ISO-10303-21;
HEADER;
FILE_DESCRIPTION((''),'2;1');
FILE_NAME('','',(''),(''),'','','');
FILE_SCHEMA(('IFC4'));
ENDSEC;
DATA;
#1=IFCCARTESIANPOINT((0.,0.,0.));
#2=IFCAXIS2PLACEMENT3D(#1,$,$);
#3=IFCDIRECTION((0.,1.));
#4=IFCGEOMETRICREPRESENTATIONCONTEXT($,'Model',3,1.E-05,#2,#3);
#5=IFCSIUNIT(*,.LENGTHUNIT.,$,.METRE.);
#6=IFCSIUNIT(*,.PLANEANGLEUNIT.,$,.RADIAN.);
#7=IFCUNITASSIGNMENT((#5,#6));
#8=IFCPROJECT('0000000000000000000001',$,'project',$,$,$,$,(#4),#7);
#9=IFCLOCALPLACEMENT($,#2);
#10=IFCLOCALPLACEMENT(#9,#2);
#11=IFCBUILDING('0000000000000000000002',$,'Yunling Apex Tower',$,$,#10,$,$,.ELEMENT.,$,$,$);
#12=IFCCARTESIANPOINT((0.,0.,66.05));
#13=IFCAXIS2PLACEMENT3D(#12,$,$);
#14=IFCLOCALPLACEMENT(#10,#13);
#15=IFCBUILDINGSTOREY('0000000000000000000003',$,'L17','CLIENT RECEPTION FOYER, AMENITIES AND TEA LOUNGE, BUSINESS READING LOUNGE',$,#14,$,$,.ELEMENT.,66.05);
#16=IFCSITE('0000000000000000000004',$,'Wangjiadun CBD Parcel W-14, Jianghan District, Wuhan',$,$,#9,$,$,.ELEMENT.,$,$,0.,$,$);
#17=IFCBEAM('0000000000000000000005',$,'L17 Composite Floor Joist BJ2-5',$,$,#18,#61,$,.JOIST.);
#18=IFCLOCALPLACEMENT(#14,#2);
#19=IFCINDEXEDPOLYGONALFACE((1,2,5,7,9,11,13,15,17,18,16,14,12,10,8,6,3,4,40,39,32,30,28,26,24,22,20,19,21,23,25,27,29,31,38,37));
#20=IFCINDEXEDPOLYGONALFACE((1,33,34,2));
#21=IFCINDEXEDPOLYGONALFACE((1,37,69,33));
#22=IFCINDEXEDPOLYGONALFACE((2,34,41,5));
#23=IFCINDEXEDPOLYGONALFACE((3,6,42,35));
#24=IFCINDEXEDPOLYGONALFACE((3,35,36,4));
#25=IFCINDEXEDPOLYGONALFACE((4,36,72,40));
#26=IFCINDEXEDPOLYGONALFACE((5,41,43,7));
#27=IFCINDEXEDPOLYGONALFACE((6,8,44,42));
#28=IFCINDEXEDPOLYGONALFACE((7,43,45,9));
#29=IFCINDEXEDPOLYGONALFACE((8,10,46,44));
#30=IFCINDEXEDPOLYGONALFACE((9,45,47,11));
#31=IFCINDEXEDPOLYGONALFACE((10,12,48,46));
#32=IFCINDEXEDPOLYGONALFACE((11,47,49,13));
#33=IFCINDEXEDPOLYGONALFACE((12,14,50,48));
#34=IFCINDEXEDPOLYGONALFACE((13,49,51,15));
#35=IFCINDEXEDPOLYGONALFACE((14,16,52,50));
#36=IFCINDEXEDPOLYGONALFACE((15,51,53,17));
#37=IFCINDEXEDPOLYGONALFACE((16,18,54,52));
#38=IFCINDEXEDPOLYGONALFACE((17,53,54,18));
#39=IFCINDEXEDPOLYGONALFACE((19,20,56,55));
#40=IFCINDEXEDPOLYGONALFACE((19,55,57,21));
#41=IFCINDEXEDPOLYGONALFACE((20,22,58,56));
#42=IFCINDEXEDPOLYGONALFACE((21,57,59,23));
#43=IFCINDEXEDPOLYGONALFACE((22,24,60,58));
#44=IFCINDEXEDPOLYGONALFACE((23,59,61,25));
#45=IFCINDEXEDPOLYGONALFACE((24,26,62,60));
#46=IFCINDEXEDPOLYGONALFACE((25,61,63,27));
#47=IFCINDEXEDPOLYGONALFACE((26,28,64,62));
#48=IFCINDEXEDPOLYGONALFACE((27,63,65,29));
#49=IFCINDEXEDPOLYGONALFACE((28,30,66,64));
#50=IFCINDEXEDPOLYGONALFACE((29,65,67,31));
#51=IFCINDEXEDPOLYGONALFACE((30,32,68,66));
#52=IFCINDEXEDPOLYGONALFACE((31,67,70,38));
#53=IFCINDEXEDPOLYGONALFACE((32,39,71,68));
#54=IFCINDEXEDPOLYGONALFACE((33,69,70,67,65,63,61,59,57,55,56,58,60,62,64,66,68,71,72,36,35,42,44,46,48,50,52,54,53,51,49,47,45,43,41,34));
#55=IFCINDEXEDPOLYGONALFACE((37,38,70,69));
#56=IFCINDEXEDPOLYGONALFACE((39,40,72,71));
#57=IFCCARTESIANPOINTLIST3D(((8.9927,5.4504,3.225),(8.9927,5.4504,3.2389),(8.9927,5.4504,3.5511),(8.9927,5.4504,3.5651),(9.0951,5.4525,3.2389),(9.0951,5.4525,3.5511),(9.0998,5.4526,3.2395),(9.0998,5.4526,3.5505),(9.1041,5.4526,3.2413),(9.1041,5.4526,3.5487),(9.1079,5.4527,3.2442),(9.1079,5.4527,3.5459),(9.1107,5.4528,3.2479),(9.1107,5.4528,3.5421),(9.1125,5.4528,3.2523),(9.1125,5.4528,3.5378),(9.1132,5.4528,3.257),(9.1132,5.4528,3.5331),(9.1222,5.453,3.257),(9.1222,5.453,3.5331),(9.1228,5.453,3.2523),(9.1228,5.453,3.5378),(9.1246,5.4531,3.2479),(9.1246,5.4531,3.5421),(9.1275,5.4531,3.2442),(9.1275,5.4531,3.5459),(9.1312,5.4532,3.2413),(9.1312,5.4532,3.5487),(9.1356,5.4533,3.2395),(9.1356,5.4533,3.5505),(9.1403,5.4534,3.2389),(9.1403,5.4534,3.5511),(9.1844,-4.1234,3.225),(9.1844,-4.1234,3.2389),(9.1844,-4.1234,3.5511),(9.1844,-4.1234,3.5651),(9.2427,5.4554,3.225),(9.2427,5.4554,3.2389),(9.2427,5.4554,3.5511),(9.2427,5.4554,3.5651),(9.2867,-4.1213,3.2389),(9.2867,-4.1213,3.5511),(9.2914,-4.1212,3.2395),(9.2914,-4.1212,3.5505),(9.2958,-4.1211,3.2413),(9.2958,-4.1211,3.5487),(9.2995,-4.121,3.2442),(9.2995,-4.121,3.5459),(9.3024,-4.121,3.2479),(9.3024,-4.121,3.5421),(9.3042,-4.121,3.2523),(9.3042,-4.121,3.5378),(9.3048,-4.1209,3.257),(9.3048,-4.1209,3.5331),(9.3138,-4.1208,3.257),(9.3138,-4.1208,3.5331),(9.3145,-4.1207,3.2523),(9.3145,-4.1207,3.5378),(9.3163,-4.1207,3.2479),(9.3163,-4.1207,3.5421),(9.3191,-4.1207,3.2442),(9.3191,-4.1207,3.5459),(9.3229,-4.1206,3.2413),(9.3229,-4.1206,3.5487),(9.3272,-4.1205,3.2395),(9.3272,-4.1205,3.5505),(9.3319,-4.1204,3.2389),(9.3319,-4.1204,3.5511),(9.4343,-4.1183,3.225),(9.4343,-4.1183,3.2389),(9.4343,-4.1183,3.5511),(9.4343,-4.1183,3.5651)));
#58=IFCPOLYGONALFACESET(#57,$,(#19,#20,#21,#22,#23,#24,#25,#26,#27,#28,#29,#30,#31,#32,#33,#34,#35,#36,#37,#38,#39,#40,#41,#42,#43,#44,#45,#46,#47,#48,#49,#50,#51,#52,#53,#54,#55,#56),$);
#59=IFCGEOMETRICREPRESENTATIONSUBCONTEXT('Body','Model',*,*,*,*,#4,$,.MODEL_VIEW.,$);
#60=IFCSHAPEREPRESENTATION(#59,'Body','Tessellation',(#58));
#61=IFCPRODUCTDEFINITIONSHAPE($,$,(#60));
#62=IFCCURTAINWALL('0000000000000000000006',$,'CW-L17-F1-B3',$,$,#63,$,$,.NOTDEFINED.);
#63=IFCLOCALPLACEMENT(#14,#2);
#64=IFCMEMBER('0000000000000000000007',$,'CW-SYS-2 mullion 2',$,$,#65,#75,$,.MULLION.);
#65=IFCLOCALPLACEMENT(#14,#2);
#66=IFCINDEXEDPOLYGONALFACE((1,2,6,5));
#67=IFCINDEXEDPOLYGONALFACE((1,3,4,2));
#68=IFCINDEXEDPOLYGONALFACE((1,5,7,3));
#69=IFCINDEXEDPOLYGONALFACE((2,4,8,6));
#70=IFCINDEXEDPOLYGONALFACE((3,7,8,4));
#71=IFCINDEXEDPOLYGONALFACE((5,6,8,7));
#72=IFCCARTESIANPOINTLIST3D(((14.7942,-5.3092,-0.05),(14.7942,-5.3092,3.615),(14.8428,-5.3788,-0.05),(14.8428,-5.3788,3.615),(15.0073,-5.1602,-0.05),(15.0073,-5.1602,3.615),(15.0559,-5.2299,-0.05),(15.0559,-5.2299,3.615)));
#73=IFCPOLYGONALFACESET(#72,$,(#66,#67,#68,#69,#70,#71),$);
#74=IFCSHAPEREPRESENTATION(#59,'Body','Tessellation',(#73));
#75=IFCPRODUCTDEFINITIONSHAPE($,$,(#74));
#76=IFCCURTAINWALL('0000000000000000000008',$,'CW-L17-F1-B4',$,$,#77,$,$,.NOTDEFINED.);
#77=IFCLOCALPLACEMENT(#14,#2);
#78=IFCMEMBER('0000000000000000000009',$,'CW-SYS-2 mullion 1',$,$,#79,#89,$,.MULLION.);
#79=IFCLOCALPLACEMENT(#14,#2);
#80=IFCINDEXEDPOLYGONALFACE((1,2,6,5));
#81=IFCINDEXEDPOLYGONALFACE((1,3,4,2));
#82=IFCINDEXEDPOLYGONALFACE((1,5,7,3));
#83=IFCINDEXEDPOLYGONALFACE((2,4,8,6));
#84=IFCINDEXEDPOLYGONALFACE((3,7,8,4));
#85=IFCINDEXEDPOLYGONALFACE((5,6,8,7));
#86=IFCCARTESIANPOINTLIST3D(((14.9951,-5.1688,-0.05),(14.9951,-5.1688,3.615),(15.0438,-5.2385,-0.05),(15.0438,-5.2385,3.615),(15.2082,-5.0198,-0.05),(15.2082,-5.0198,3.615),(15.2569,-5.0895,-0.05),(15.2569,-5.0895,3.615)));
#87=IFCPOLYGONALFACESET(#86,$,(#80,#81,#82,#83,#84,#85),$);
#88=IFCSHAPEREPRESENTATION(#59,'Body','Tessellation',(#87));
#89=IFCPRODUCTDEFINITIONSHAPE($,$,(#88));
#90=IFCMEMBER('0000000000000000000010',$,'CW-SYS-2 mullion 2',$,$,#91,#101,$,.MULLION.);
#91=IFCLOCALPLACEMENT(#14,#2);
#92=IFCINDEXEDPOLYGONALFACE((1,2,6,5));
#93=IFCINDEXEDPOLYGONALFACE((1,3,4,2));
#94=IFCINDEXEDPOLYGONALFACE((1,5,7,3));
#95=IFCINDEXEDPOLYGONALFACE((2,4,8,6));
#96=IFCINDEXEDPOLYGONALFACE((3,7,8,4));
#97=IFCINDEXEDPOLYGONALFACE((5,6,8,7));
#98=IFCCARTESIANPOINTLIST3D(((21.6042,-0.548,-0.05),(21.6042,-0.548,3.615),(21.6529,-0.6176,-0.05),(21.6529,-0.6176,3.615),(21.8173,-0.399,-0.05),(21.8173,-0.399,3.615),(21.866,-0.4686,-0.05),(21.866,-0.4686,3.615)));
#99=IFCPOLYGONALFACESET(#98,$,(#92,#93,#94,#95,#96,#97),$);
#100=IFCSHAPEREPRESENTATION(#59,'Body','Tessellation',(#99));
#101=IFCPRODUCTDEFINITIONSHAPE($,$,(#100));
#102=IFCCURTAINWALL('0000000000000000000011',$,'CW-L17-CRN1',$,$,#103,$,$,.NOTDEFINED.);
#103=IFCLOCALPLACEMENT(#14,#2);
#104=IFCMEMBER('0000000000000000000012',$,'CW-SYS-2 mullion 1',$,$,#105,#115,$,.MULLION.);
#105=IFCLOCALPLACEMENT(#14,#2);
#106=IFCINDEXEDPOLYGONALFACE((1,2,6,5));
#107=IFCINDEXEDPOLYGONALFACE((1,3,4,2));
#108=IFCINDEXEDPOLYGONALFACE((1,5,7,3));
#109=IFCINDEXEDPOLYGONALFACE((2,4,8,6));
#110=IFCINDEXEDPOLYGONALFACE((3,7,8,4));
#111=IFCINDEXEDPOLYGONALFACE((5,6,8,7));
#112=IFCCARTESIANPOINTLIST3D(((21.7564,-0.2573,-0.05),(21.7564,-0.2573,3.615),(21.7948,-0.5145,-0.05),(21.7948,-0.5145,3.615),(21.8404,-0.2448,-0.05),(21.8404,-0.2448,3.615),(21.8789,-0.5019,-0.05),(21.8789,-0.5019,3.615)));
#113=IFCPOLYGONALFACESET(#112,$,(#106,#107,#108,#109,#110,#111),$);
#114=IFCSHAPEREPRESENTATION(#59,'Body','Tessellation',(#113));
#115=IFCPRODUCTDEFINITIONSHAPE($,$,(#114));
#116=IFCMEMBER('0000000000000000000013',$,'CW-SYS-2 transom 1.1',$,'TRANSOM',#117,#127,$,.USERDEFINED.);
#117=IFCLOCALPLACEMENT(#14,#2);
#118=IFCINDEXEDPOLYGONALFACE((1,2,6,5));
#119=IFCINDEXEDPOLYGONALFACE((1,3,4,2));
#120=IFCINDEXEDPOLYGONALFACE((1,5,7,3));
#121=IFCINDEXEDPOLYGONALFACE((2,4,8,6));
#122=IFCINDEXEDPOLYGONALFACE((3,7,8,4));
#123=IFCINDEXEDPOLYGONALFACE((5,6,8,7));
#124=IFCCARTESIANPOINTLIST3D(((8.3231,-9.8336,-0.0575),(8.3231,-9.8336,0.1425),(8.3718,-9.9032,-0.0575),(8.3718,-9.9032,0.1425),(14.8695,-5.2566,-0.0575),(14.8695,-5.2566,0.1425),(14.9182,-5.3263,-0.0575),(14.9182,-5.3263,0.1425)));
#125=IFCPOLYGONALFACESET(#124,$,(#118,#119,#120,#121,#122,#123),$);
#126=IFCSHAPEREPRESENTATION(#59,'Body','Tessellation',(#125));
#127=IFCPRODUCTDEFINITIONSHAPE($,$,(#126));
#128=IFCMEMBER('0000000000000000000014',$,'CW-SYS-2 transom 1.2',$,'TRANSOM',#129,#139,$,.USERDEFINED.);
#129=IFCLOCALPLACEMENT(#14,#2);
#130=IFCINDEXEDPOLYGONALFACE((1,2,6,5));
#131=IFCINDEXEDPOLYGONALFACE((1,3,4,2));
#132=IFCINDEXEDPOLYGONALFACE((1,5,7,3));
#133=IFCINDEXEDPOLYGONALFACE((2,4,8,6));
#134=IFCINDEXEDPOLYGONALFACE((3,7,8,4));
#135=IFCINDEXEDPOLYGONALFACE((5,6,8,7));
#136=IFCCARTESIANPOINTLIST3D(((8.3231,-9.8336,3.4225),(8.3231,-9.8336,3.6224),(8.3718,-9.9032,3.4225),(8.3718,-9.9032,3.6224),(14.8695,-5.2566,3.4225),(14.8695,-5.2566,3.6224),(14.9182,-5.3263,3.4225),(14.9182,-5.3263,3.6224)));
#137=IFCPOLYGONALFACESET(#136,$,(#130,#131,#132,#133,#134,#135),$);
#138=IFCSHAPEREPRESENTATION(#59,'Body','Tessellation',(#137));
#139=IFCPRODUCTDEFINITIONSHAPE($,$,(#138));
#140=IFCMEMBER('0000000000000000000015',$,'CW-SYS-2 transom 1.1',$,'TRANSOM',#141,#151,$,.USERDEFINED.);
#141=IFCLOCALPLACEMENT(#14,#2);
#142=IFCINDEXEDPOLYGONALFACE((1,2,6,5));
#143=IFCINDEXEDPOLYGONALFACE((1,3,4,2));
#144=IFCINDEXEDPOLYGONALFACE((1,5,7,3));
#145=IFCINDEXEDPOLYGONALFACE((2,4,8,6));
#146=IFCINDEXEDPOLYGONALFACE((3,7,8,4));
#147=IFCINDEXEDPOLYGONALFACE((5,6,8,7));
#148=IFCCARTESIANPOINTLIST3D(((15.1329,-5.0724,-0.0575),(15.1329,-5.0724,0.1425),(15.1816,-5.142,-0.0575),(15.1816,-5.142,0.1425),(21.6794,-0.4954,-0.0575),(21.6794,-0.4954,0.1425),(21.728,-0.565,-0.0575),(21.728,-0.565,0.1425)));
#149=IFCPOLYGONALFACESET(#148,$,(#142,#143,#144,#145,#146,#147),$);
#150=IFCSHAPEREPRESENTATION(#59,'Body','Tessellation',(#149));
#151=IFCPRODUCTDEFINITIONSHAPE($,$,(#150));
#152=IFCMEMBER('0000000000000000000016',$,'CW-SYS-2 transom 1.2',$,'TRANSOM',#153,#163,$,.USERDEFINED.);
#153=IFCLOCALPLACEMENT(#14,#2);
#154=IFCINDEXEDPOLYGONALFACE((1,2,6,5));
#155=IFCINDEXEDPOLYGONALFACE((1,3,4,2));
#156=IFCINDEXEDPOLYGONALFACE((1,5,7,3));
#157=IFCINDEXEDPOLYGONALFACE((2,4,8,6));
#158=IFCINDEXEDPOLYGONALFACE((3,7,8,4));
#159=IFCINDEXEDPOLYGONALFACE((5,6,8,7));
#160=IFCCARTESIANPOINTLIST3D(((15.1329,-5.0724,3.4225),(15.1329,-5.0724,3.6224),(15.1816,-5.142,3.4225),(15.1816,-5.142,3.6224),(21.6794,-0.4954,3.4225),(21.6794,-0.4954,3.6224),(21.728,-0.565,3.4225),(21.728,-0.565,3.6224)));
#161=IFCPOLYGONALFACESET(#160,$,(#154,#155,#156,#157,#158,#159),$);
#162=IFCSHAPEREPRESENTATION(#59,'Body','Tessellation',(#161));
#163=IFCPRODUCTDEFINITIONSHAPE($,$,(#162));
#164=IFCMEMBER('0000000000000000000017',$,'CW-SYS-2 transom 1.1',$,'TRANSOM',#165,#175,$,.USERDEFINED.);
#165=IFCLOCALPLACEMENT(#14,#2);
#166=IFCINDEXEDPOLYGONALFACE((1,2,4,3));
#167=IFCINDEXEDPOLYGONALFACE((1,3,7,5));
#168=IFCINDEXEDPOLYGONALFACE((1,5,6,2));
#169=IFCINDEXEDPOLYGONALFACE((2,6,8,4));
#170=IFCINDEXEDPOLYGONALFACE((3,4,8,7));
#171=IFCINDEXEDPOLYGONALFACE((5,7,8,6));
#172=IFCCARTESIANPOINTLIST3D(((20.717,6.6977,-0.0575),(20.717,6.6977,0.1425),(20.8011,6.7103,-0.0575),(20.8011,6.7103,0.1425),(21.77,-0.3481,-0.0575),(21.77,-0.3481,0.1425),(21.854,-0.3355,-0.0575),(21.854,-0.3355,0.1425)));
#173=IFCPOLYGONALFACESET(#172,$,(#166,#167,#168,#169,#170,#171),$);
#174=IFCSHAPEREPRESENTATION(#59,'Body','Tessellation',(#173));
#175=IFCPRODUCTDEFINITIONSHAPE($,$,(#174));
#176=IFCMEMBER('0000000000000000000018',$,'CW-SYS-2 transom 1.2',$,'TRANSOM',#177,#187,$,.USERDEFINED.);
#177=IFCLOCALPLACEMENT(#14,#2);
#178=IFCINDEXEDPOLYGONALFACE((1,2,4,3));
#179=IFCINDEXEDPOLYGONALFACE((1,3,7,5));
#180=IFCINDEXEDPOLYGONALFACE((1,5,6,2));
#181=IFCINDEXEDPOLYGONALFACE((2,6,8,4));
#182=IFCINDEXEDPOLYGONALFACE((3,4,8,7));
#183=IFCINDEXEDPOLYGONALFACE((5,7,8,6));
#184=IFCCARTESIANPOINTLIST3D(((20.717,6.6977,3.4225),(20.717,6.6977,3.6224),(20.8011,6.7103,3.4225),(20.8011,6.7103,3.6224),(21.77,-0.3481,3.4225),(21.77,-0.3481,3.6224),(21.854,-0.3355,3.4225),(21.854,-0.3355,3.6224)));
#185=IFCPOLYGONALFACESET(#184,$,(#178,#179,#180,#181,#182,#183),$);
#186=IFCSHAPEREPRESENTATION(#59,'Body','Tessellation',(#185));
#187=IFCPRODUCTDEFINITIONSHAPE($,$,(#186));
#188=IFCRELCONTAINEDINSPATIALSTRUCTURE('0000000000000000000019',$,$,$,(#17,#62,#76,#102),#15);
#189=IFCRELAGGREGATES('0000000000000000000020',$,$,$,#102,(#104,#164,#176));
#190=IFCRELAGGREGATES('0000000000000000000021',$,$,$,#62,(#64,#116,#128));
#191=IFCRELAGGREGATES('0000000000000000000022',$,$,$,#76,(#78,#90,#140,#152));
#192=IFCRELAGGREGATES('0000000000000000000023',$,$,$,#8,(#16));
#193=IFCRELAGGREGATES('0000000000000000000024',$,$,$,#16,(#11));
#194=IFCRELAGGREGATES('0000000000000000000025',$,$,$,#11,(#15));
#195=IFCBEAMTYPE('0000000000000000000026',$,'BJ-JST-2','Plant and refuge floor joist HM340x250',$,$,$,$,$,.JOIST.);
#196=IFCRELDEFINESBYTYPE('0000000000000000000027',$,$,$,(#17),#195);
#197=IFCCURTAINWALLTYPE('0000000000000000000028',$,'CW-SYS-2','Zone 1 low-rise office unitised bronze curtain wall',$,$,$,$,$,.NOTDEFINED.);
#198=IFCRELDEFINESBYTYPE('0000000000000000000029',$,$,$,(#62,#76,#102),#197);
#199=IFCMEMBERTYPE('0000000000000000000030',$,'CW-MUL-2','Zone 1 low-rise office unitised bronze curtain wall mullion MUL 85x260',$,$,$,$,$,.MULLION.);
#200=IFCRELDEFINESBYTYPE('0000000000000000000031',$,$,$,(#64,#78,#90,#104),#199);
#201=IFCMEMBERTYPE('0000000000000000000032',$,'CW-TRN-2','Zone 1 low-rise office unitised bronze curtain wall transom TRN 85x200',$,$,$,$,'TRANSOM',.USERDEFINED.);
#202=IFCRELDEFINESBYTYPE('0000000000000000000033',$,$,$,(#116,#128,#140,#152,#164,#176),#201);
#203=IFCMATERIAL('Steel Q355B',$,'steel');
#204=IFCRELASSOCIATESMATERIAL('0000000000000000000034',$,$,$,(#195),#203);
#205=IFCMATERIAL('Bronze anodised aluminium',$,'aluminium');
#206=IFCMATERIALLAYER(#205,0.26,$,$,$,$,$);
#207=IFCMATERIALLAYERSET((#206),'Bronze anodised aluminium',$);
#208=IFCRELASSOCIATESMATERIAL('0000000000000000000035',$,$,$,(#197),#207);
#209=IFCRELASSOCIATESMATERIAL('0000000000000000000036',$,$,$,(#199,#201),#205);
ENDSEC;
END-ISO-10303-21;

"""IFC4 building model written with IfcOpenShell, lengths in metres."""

from ifc_helpers import new_model, si_unit, direction, frame, origin, origin_2d, place, context, subcontext, project, spatial, rectangle, i_section, extrude, source, transform, mapped, material, layer, layer_set, material_profile, profile_set, type_object, element, aggregate, save


model = new_model("IFC4")

# Units and contexts
model_context = context("Model", 3, precision=1e-05, world=origin(), true_north=direction((0.0, 1.0)))
body_context = subcontext(model_context, "Body", "Model", "MODEL_VIEW")
ifc_project = project(units=[si_unit("LENGTHUNIT", "METRE"), si_unit("PLANEANGLEUNIT", "RADIAN")], contexts=[model_context])

# Site, building, storey
site_placement = place(None, origin())
site = spatial("IfcSite", under=ifc_project, at=site_placement, Name="Wangjiadun CBD Parcel W-14, Jianghan District, Wuhan", CompositionType="ELEMENT", RefElevation=0.0)
building_placement = place(site_placement, origin())
building = spatial("IfcBuilding", under=site, at=building_placement, Name="Yunling Apex Tower", CompositionType="ELEMENT")
storey_placement = place(building_placement, frame((0.0, 0.0, 66.05)))
storey = spatial("IfcBuildingStorey", under=building, at=storey_placement, Name="L17", Description="CLIENT RECEPTION FOYER, AMENITIES AND TEA LOUNGE, BUSINESS READING LOUNGE", CompositionType="ELEMENT", Elevation=66.05)

# Beam
ifc_material_1 = material(Name="Steel Q355B", Category="steel")
ifc_material_profile_1 = material_profile(ifc_material_1, i_section(OverallWidth=0.25, OverallDepth=0.3401, WebThickness=0.009, FlangeThickness=0.0139, FilletRadius=0.0181, at=origin_2d()))
ifc_profile_set_1 = profile_set([ifc_material_profile_1], Name="Steel Q355B")
beam_type_1 = type_object("IfcBeamType", Name="BJ-JST-2", Description="Plant and refuge floor joist HM340x250", PredefinedType="JOIST", material=ifc_profile_set_1)
shared_shape_1 = source(origin(), body_context, "Body", "SweptSolid", [
    extrude(i_section(OverallWidth=0.25, OverallDepth=0.3401, WebThickness=0.009, FlangeThickness=0.0139, FilletRadius=0.0181, at=origin_2d()), origin(), (0.0, 0.0, 1.0), 9.5757),
])
beam_1_placement = place(storey_placement, frame((9.3093, -4.1208, 3.395), z_axis=(-0.020014, 0.9998, 0.0), x_axis=(-0.9998, -0.020014, 0.0)))
element("IfcBeam", 1, at=beam_1_placement, inside=storey, type_object=beam_type_1, Name="L17 Composite Floor Joist BJ2-5", PredefinedType="JOIST", context=body_context, shape_type="MappedRepresentation", body=[
    mapped(shared_shape_1, transform((0.0, 0.0, 0.0), scale=1.0)),
])

# Curtain wall, member
ifc_material_2 = material(Name="Bronze anodised aluminium", Category="aluminium")
ifc_layer_1 = layer(ifc_material_2, 0.26)
ifc_layer_set_1 = layer_set([ifc_layer_1], Name="Bronze anodised aluminium")
curtain_wall_type = type_object("IfcCurtainWallType", Name="CW-SYS-2", Description="Zone 1 low-rise office unitised bronze curtain wall", PredefinedType="NOTDEFINED", material=ifc_layer_set_1)
curtain_wall_1_placement = place(storey_placement, origin())
curtain_wall_1 = element("IfcCurtainWall", 2, at=curtain_wall_1_placement, inside=storey, type_object=curtain_wall_type, Name="CW-L17-F1-B3", PredefinedType="NOTDEFINED")
ifc_material_profile_2 = material_profile(ifc_material_2, rectangle(XDim=0.085, YDim=0.26, at=origin_2d()))
ifc_profile_set_2 = profile_set([ifc_material_profile_2], Name="Bronze anodised aluminium")
member_type_1 = type_object("IfcMemberType", Name="CW-MUL-2", Description="Zone 1 low-rise office unitised bronze curtain wall mullion MUL 85x260", PredefinedType="MULLION", material=ifc_profile_set_2)
shared_shape_2 = source(origin(), body_context, "Body", "SweptSolid", [
    extrude(rectangle(XDim=0.085, YDim=0.26, at=origin_2d()), origin(), (0.0, 0.0, 1.0), 3.665),
])
member_1_placement = place(storey_placement, frame((14.925, -5.2695, -0.05), z_axis=(0.0, 0.0, 1.0), x_axis=(-0.572996, 0.819558, 0.0)))
member_1 = element("IfcMember", 3, at=member_1_placement, type_object=member_type_1, Name="CW-SYS-2 mullion 2", PredefinedType="MULLION", context=body_context, shape_type="MappedRepresentation", body=[
    mapped(shared_shape_2, transform((0.0, 0.0, 0.0), scale=1.0)),
])

# Curtain wall, members
curtain_wall_2_placement = place(storey_placement, origin())
curtain_wall_2 = element("IfcCurtainWall", 4, at=curtain_wall_2_placement, inside=storey, type_object=curtain_wall_type, Name="CW-L17-F1-B4", PredefinedType="NOTDEFINED")
member_2_placement = place(storey_placement, frame((15.126, -5.1292, -0.05), z_axis=(0.0, 0.0, 1.0), x_axis=(-0.573004, 0.819552, 0.0)))
member_2 = element("IfcMember", 5, at=member_2_placement, type_object=member_type_1, Name="CW-SYS-2 mullion 1", PredefinedType="MULLION", context=body_context, shape_type="MappedRepresentation", body=[
    mapped(shared_shape_2, transform((0.0, 0.0, 0.0), scale=1.0)),
])
member_3_placement = place(storey_placement, frame((21.7351, -0.5083, -0.05), z_axis=(0.0, 0.0, 1.0), x_axis=(-0.573004, 0.819552, 0.0)))
member_3 = element("IfcMember", 6, at=member_3_placement, type_object=member_type_1, Name="CW-SYS-2 mullion 2", PredefinedType="MULLION", context=body_context, shape_type="MappedRepresentation", body=[
    mapped(shared_shape_2, transform((0.0, 0.0, 0.0), scale=1.0)),
])

# Curtain wall, member
curtain_wall_3_placement = place(storey_placement, origin())
curtain_wall_3 = element("IfcCurtainWall", 7, at=curtain_wall_3_placement, inside=storey, type_object=curtain_wall_type, Name="CW-L17-CRN1", PredefinedType="NOTDEFINED")
member_4_placement = place(storey_placement, frame((21.8176, -0.3796, -0.05), z_axis=(0.0, 0.0, 1.0), x_axis=(-0.989018, -0.147798, 0.0)))
member_4 = element("IfcMember", 8, at=member_4_placement, type_object=member_type_1, Name="CW-SYS-2 mullion 1", PredefinedType="MULLION", context=body_context, shape_type="MappedRepresentation", body=[
    mapped(shared_shape_2, transform((0.0, 0.0, 0.0), scale=1.0)),
])

# Members
ifc_material_profile_3 = material_profile(ifc_material_2, rectangle(XDim=0.085, YDim=0.2, at=origin_2d()))
ifc_profile_set_3 = profile_set([ifc_material_profile_3], Name="Bronze anodised aluminium")
member_type_2 = type_object("IfcMemberType", Name="CW-TRN-2", Description="Zone 1 low-rise office unitised bronze curtain wall transom TRN 85x200", ElementType="TRANSOM", PredefinedType="USERDEFINED", material=ifc_profile_set_3)
shared_shape_3 = source(origin(), body_context, "Body", "SweptSolid", [
    extrude(rectangle(XDim=0.085, YDim=0.2, at=origin_2d()), origin(), (0.0, 0.0, 1.0), 7.9878),
])
member_5_placement = place(storey_placement, frame((8.3474, -9.8684, 0.0425), z_axis=(0.819559, 0.572995, 0.0), x_axis=(-0.572995, 0.819559, 0.0)))
member_5 = element("IfcMember", 9, at=member_5_placement, type_object=member_type_2, Name="CW-SYS-2 transom 1.1", ObjectType="TRANSOM", PredefinedType="USERDEFINED", context=body_context, shape_type="MappedRepresentation", body=[
    mapped(shared_shape_3, transform((0.0, 0.0, 0.0), scale=1.0)),
])
member_6_placement = place(storey_placement, frame((8.3474, -9.8684, 3.5225), z_axis=(0.819559, 0.572995, 0.0), x_axis=(-0.572995, 0.819559, 0.0)))
member_6 = element("IfcMember", 10, at=member_6_placement, type_object=member_type_2, Name="CW-SYS-2 transom 1.2", ObjectType="TRANSOM", PredefinedType="USERDEFINED", context=body_context, shape_type="MappedRepresentation", body=[
    mapped(shared_shape_3, transform((0.0, 0.0, 0.0), scale=1.0)),
])
member_7_placement = place(storey_placement, frame((15.1572, -5.1072, 0.0425), z_axis=(0.819559, 0.572995, 0.0), x_axis=(-0.572995, 0.819559, 0.0)))
member_7 = element("IfcMember", 11, at=member_7_placement, type_object=member_type_2, Name="CW-SYS-2 transom 1.1", ObjectType="TRANSOM", PredefinedType="USERDEFINED", context=body_context, shape_type="MappedRepresentation", body=[
    mapped(shared_shape_3, transform((0.0, 0.0, 0.0), scale=1.0)),
])
member_8_placement = place(storey_placement, frame((15.1572, -5.1072, 3.5225), z_axis=(0.819559, 0.572995, 0.0), x_axis=(-0.572995, 0.819559, 0.0)))
member_8 = element("IfcMember", 12, at=member_8_placement, type_object=member_type_2, Name="CW-SYS-2 transom 1.2", ObjectType="TRANSOM", PredefinedType="USERDEFINED", context=body_context, shape_type="MappedRepresentation", body=[
    mapped(shared_shape_3, transform((0.0, 0.0, 0.0), scale=1.0)),
])
shared_shape_4 = source(origin(), body_context, "Body", "SweptSolid", [
    extrude(rectangle(XDim=0.085, YDim=0.2, at=origin_2d()), origin(), (0.0, 0.0, 1.0), 7.124),
])
member_9_placement = place(storey_placement, frame((21.812, -0.3418, 0.0425), z_axis=(-0.147804, 0.989017, 0.0), x_axis=(-0.989017, -0.147804, 0.0)))
member_9 = element("IfcMember", 13, at=member_9_placement, type_object=member_type_2, Name="CW-SYS-2 transom 1.1", ObjectType="TRANSOM", PredefinedType="USERDEFINED", context=body_context, shape_type="MappedRepresentation", body=[
    mapped(shared_shape_4, transform((0.0, 0.0, 0.0), scale=1.0)),
])
member_10_placement = place(storey_placement, frame((21.812, -0.3418, 3.5225), z_axis=(-0.147804, 0.989017, 0.0), x_axis=(-0.989017, -0.147804, 0.0)))
member_10 = element("IfcMember", 14, at=member_10_placement, type_object=member_type_2, Name="CW-SYS-2 transom 1.2", ObjectType="TRANSOM", PredefinedType="USERDEFINED", context=body_context, shape_type="MappedRepresentation", body=[
    mapped(shared_shape_4, transform((0.0, 0.0, 0.0), scale=1.0)),
])
aggregate(curtain_wall_3, [member_4, member_9, member_10])

aggregate(curtain_wall_1, [member_1, member_5, member_6])
aggregate(curtain_wall_2, [member_2, member_3, member_7, member_8])

save(model, "model.ifc")
